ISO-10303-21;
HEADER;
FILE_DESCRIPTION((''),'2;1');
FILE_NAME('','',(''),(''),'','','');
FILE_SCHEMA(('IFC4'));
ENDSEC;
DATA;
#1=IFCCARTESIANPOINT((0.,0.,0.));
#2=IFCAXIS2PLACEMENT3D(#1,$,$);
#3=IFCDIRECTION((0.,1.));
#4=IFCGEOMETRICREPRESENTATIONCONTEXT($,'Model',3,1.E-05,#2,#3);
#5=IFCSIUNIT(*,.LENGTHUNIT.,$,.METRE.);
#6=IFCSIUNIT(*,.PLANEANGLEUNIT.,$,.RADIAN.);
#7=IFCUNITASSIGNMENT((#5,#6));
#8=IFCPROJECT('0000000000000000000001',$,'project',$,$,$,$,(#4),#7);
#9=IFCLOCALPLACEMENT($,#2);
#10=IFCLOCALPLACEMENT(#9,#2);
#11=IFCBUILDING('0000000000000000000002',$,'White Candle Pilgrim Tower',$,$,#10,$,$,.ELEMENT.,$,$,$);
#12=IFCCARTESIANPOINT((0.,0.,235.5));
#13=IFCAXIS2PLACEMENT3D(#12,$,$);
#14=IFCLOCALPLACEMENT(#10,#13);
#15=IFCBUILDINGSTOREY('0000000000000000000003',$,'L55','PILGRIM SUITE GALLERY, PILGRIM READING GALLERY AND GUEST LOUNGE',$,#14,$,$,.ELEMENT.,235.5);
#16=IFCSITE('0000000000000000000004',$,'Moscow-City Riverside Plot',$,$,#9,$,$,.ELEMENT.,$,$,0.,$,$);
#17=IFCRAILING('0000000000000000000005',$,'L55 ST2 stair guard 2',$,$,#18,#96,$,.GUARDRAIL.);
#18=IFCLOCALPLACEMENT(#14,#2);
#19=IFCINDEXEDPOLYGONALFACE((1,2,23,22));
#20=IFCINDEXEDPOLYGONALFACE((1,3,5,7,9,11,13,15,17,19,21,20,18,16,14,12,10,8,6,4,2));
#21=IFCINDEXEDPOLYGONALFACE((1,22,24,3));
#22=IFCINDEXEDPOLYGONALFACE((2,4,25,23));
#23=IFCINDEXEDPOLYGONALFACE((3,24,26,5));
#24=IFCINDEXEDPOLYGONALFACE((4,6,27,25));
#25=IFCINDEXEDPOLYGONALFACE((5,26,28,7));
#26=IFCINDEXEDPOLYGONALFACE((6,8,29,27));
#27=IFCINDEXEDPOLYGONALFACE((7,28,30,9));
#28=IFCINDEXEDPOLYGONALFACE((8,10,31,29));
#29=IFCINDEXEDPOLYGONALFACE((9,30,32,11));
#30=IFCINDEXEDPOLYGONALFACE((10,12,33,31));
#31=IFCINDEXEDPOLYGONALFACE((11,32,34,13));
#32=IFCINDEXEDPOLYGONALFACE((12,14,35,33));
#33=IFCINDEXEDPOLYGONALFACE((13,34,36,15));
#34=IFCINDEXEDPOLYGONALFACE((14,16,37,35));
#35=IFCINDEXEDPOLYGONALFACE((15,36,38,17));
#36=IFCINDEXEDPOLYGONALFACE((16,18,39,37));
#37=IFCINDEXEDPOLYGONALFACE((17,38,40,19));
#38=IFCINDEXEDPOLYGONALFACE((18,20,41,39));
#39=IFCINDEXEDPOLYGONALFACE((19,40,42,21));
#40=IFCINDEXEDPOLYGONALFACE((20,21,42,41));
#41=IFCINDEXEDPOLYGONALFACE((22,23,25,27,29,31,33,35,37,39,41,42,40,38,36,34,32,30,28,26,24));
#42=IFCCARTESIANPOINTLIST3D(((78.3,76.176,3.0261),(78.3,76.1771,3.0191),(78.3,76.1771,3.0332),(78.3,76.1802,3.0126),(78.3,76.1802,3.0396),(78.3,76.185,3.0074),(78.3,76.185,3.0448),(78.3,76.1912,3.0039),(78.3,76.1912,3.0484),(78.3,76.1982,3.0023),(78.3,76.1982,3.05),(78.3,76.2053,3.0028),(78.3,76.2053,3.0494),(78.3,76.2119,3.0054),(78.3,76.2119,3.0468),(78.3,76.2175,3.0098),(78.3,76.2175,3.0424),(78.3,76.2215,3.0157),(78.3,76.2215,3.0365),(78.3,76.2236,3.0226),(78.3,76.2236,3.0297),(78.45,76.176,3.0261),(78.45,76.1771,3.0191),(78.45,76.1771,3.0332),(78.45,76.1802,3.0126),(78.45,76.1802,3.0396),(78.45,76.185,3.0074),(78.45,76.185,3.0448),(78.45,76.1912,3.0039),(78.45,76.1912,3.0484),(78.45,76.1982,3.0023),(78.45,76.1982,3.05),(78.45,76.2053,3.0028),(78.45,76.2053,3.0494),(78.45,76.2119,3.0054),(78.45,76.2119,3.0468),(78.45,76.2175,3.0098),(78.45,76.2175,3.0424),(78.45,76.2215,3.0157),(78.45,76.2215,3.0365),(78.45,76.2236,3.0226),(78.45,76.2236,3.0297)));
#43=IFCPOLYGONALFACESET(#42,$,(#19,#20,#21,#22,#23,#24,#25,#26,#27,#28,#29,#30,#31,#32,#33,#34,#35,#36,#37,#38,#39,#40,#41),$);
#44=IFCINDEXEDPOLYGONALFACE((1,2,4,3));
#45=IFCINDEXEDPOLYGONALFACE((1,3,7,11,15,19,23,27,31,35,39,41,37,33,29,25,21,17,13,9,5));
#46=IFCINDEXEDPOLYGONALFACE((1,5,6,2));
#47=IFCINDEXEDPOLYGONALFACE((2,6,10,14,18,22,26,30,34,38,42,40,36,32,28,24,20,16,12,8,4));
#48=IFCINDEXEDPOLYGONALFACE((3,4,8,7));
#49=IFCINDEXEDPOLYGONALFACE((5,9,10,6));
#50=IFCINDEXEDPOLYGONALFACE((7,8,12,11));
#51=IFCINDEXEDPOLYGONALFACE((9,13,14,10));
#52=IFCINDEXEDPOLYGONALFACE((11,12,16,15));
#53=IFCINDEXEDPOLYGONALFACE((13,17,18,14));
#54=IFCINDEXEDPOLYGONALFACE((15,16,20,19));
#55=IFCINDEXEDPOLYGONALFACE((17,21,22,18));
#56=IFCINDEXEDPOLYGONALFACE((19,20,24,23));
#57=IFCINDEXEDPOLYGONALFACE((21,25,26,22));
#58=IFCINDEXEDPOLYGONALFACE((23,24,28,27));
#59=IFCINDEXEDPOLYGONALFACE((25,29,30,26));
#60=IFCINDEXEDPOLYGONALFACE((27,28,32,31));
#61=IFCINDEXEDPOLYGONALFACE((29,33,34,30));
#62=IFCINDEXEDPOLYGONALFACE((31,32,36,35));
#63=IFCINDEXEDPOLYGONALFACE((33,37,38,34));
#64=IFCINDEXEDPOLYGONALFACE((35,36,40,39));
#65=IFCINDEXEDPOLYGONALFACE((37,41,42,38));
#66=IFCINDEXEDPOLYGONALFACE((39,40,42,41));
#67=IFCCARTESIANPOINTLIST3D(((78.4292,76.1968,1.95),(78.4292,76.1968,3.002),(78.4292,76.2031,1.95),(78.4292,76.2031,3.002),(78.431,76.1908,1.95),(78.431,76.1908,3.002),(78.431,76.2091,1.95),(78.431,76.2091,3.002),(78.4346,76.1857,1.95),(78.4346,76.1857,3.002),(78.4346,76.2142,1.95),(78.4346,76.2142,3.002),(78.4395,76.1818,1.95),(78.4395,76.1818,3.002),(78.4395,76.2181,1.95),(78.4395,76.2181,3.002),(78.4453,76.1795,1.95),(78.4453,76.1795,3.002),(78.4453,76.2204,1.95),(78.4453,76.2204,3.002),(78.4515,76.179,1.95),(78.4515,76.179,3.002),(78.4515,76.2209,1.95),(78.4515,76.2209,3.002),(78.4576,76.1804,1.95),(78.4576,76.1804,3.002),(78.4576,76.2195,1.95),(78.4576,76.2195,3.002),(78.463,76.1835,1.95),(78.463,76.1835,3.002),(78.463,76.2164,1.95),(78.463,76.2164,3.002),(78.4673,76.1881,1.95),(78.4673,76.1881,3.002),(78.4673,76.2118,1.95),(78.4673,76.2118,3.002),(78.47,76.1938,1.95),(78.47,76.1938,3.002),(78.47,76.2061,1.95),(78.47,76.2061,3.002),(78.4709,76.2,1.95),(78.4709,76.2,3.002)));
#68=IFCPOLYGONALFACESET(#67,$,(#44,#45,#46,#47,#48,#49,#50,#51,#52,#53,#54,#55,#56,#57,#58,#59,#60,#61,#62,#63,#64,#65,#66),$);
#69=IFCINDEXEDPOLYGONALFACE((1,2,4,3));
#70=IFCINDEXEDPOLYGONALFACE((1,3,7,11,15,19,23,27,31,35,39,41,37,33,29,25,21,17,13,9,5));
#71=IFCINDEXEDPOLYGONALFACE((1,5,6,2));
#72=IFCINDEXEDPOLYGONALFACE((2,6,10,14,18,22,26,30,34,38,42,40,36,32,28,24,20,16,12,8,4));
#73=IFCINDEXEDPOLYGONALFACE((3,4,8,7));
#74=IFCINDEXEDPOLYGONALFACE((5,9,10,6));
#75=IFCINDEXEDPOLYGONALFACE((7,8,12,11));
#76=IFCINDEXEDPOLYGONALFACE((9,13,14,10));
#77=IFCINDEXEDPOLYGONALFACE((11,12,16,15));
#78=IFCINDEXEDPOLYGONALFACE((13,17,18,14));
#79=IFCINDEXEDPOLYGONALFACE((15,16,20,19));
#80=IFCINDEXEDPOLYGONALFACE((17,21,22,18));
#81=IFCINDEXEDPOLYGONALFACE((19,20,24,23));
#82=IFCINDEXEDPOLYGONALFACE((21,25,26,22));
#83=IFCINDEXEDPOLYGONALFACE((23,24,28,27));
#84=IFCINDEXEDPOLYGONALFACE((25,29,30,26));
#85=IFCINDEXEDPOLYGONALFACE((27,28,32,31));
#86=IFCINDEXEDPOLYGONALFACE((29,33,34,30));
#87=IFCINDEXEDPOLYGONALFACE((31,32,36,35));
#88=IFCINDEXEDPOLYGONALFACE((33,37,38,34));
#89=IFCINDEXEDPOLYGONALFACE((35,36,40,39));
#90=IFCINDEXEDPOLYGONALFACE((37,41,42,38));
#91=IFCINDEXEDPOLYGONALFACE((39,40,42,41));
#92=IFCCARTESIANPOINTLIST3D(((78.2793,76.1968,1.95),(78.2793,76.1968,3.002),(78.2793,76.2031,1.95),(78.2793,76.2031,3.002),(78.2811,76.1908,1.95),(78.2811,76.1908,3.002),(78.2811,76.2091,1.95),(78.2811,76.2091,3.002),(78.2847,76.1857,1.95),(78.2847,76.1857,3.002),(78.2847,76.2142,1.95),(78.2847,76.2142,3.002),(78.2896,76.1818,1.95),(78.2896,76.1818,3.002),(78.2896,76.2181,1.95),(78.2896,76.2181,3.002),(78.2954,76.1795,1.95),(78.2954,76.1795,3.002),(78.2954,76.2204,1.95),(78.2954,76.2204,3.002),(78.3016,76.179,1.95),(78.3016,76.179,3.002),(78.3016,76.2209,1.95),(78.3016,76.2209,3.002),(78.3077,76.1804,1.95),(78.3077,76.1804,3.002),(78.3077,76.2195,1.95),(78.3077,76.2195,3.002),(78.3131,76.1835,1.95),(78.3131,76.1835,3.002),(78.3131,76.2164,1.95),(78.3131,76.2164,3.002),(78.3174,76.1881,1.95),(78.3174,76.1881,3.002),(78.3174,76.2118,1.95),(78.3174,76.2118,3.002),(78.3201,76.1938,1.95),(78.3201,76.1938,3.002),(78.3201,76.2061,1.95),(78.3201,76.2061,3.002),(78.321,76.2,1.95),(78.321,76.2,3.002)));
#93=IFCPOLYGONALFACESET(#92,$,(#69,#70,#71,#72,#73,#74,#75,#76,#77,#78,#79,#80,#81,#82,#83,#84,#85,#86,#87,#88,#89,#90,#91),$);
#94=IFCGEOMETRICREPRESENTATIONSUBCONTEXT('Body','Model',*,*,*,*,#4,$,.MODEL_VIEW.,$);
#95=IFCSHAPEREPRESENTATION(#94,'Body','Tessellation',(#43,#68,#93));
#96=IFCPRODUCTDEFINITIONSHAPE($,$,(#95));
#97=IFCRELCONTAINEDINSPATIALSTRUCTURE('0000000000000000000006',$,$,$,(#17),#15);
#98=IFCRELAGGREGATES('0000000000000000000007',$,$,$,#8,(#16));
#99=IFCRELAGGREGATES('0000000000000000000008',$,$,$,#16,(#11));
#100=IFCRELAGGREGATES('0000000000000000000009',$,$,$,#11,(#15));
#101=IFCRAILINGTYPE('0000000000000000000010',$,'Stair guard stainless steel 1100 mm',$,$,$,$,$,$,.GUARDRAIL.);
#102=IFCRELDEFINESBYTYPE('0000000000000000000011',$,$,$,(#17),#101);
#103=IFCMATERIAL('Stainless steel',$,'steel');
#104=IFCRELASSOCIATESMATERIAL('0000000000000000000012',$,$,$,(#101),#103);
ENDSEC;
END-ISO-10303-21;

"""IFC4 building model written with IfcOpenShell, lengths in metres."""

from ifc_helpers import new_model, si_unit, direction, frame, origin, origin_2d, place, context, subcontext, project, spatial, circle, extrude, material, type_object, element, save


model = new_model("IFC4")

# Units and contexts
model_context = context("Model", 3, precision=1e-05, world=origin(), true_north=direction((0.0, 1.0)))
body_context = subcontext(model_context, "Body", "Model", "MODEL_VIEW")
ifc_project = project(units=[si_unit("LENGTHUNIT", "METRE"), si_unit("PLANEANGLEUNIT", "RADIAN")], contexts=[model_context])

# Site, building, storey
site_placement = place(None, origin())
site = spatial("IfcSite", under=ifc_project, at=site_placement, Name="Moscow-City Riverside Plot", CompositionType="ELEMENT", RefElevation=0.0)
building_placement = place(site_placement, origin())
building = spatial("IfcBuilding", under=site, at=building_placement, Name="White Candle Pilgrim Tower", CompositionType="ELEMENT")
storey_placement = place(building_placement, frame((0.0, 0.0, 235.5)))
storey = spatial("IfcBuildingStorey", under=building, at=storey_placement, Name="L55", Description="PILGRIM SUITE GALLERY, PILGRIM READING GALLERY AND GUEST LOUNGE", CompositionType="ELEMENT", Elevation=235.5)

# Railing
ifc_material_1 = material(Name="Stainless steel", Category="steel")
railing_type_1 = type_object("IfcRailingType", Name="Stair guard stainless steel 1100 mm", PredefinedType="GUARDRAIL", material=ifc_material_1)
railing_1_placement = place(storey_placement, frame((78.45, 76.2, 1.95)))
element("IfcRailing", 1, at=railing_1_placement, inside=storey, type_object=railing_type_1, Name="L55 ST2 stair guard 2", PredefinedType="GUARDRAIL", context=body_context, shape_type="SweptSolid", body=[
    extrude(circle(Radius=0.0239, at=origin_2d()), frame((0.0, 0.0, 1.0762), z_axis=(-1.0, 0.0, 0.0), x_axis=(0.0, -1.0, 0.0)), (0.0, 0.0, 1.0), 0.1499),
    extrude(circle(Radius=0.021, at=origin_2d()), origin(), (0.0, 0.0, 1.0), 1.052),
    extrude(circle(Radius=0.021, at=origin_2d()), frame((-0.1499, 0.0, 0.0)), (0.0, 0.0, 1.0), 1.052),
])

save(model, "model.ifc")
